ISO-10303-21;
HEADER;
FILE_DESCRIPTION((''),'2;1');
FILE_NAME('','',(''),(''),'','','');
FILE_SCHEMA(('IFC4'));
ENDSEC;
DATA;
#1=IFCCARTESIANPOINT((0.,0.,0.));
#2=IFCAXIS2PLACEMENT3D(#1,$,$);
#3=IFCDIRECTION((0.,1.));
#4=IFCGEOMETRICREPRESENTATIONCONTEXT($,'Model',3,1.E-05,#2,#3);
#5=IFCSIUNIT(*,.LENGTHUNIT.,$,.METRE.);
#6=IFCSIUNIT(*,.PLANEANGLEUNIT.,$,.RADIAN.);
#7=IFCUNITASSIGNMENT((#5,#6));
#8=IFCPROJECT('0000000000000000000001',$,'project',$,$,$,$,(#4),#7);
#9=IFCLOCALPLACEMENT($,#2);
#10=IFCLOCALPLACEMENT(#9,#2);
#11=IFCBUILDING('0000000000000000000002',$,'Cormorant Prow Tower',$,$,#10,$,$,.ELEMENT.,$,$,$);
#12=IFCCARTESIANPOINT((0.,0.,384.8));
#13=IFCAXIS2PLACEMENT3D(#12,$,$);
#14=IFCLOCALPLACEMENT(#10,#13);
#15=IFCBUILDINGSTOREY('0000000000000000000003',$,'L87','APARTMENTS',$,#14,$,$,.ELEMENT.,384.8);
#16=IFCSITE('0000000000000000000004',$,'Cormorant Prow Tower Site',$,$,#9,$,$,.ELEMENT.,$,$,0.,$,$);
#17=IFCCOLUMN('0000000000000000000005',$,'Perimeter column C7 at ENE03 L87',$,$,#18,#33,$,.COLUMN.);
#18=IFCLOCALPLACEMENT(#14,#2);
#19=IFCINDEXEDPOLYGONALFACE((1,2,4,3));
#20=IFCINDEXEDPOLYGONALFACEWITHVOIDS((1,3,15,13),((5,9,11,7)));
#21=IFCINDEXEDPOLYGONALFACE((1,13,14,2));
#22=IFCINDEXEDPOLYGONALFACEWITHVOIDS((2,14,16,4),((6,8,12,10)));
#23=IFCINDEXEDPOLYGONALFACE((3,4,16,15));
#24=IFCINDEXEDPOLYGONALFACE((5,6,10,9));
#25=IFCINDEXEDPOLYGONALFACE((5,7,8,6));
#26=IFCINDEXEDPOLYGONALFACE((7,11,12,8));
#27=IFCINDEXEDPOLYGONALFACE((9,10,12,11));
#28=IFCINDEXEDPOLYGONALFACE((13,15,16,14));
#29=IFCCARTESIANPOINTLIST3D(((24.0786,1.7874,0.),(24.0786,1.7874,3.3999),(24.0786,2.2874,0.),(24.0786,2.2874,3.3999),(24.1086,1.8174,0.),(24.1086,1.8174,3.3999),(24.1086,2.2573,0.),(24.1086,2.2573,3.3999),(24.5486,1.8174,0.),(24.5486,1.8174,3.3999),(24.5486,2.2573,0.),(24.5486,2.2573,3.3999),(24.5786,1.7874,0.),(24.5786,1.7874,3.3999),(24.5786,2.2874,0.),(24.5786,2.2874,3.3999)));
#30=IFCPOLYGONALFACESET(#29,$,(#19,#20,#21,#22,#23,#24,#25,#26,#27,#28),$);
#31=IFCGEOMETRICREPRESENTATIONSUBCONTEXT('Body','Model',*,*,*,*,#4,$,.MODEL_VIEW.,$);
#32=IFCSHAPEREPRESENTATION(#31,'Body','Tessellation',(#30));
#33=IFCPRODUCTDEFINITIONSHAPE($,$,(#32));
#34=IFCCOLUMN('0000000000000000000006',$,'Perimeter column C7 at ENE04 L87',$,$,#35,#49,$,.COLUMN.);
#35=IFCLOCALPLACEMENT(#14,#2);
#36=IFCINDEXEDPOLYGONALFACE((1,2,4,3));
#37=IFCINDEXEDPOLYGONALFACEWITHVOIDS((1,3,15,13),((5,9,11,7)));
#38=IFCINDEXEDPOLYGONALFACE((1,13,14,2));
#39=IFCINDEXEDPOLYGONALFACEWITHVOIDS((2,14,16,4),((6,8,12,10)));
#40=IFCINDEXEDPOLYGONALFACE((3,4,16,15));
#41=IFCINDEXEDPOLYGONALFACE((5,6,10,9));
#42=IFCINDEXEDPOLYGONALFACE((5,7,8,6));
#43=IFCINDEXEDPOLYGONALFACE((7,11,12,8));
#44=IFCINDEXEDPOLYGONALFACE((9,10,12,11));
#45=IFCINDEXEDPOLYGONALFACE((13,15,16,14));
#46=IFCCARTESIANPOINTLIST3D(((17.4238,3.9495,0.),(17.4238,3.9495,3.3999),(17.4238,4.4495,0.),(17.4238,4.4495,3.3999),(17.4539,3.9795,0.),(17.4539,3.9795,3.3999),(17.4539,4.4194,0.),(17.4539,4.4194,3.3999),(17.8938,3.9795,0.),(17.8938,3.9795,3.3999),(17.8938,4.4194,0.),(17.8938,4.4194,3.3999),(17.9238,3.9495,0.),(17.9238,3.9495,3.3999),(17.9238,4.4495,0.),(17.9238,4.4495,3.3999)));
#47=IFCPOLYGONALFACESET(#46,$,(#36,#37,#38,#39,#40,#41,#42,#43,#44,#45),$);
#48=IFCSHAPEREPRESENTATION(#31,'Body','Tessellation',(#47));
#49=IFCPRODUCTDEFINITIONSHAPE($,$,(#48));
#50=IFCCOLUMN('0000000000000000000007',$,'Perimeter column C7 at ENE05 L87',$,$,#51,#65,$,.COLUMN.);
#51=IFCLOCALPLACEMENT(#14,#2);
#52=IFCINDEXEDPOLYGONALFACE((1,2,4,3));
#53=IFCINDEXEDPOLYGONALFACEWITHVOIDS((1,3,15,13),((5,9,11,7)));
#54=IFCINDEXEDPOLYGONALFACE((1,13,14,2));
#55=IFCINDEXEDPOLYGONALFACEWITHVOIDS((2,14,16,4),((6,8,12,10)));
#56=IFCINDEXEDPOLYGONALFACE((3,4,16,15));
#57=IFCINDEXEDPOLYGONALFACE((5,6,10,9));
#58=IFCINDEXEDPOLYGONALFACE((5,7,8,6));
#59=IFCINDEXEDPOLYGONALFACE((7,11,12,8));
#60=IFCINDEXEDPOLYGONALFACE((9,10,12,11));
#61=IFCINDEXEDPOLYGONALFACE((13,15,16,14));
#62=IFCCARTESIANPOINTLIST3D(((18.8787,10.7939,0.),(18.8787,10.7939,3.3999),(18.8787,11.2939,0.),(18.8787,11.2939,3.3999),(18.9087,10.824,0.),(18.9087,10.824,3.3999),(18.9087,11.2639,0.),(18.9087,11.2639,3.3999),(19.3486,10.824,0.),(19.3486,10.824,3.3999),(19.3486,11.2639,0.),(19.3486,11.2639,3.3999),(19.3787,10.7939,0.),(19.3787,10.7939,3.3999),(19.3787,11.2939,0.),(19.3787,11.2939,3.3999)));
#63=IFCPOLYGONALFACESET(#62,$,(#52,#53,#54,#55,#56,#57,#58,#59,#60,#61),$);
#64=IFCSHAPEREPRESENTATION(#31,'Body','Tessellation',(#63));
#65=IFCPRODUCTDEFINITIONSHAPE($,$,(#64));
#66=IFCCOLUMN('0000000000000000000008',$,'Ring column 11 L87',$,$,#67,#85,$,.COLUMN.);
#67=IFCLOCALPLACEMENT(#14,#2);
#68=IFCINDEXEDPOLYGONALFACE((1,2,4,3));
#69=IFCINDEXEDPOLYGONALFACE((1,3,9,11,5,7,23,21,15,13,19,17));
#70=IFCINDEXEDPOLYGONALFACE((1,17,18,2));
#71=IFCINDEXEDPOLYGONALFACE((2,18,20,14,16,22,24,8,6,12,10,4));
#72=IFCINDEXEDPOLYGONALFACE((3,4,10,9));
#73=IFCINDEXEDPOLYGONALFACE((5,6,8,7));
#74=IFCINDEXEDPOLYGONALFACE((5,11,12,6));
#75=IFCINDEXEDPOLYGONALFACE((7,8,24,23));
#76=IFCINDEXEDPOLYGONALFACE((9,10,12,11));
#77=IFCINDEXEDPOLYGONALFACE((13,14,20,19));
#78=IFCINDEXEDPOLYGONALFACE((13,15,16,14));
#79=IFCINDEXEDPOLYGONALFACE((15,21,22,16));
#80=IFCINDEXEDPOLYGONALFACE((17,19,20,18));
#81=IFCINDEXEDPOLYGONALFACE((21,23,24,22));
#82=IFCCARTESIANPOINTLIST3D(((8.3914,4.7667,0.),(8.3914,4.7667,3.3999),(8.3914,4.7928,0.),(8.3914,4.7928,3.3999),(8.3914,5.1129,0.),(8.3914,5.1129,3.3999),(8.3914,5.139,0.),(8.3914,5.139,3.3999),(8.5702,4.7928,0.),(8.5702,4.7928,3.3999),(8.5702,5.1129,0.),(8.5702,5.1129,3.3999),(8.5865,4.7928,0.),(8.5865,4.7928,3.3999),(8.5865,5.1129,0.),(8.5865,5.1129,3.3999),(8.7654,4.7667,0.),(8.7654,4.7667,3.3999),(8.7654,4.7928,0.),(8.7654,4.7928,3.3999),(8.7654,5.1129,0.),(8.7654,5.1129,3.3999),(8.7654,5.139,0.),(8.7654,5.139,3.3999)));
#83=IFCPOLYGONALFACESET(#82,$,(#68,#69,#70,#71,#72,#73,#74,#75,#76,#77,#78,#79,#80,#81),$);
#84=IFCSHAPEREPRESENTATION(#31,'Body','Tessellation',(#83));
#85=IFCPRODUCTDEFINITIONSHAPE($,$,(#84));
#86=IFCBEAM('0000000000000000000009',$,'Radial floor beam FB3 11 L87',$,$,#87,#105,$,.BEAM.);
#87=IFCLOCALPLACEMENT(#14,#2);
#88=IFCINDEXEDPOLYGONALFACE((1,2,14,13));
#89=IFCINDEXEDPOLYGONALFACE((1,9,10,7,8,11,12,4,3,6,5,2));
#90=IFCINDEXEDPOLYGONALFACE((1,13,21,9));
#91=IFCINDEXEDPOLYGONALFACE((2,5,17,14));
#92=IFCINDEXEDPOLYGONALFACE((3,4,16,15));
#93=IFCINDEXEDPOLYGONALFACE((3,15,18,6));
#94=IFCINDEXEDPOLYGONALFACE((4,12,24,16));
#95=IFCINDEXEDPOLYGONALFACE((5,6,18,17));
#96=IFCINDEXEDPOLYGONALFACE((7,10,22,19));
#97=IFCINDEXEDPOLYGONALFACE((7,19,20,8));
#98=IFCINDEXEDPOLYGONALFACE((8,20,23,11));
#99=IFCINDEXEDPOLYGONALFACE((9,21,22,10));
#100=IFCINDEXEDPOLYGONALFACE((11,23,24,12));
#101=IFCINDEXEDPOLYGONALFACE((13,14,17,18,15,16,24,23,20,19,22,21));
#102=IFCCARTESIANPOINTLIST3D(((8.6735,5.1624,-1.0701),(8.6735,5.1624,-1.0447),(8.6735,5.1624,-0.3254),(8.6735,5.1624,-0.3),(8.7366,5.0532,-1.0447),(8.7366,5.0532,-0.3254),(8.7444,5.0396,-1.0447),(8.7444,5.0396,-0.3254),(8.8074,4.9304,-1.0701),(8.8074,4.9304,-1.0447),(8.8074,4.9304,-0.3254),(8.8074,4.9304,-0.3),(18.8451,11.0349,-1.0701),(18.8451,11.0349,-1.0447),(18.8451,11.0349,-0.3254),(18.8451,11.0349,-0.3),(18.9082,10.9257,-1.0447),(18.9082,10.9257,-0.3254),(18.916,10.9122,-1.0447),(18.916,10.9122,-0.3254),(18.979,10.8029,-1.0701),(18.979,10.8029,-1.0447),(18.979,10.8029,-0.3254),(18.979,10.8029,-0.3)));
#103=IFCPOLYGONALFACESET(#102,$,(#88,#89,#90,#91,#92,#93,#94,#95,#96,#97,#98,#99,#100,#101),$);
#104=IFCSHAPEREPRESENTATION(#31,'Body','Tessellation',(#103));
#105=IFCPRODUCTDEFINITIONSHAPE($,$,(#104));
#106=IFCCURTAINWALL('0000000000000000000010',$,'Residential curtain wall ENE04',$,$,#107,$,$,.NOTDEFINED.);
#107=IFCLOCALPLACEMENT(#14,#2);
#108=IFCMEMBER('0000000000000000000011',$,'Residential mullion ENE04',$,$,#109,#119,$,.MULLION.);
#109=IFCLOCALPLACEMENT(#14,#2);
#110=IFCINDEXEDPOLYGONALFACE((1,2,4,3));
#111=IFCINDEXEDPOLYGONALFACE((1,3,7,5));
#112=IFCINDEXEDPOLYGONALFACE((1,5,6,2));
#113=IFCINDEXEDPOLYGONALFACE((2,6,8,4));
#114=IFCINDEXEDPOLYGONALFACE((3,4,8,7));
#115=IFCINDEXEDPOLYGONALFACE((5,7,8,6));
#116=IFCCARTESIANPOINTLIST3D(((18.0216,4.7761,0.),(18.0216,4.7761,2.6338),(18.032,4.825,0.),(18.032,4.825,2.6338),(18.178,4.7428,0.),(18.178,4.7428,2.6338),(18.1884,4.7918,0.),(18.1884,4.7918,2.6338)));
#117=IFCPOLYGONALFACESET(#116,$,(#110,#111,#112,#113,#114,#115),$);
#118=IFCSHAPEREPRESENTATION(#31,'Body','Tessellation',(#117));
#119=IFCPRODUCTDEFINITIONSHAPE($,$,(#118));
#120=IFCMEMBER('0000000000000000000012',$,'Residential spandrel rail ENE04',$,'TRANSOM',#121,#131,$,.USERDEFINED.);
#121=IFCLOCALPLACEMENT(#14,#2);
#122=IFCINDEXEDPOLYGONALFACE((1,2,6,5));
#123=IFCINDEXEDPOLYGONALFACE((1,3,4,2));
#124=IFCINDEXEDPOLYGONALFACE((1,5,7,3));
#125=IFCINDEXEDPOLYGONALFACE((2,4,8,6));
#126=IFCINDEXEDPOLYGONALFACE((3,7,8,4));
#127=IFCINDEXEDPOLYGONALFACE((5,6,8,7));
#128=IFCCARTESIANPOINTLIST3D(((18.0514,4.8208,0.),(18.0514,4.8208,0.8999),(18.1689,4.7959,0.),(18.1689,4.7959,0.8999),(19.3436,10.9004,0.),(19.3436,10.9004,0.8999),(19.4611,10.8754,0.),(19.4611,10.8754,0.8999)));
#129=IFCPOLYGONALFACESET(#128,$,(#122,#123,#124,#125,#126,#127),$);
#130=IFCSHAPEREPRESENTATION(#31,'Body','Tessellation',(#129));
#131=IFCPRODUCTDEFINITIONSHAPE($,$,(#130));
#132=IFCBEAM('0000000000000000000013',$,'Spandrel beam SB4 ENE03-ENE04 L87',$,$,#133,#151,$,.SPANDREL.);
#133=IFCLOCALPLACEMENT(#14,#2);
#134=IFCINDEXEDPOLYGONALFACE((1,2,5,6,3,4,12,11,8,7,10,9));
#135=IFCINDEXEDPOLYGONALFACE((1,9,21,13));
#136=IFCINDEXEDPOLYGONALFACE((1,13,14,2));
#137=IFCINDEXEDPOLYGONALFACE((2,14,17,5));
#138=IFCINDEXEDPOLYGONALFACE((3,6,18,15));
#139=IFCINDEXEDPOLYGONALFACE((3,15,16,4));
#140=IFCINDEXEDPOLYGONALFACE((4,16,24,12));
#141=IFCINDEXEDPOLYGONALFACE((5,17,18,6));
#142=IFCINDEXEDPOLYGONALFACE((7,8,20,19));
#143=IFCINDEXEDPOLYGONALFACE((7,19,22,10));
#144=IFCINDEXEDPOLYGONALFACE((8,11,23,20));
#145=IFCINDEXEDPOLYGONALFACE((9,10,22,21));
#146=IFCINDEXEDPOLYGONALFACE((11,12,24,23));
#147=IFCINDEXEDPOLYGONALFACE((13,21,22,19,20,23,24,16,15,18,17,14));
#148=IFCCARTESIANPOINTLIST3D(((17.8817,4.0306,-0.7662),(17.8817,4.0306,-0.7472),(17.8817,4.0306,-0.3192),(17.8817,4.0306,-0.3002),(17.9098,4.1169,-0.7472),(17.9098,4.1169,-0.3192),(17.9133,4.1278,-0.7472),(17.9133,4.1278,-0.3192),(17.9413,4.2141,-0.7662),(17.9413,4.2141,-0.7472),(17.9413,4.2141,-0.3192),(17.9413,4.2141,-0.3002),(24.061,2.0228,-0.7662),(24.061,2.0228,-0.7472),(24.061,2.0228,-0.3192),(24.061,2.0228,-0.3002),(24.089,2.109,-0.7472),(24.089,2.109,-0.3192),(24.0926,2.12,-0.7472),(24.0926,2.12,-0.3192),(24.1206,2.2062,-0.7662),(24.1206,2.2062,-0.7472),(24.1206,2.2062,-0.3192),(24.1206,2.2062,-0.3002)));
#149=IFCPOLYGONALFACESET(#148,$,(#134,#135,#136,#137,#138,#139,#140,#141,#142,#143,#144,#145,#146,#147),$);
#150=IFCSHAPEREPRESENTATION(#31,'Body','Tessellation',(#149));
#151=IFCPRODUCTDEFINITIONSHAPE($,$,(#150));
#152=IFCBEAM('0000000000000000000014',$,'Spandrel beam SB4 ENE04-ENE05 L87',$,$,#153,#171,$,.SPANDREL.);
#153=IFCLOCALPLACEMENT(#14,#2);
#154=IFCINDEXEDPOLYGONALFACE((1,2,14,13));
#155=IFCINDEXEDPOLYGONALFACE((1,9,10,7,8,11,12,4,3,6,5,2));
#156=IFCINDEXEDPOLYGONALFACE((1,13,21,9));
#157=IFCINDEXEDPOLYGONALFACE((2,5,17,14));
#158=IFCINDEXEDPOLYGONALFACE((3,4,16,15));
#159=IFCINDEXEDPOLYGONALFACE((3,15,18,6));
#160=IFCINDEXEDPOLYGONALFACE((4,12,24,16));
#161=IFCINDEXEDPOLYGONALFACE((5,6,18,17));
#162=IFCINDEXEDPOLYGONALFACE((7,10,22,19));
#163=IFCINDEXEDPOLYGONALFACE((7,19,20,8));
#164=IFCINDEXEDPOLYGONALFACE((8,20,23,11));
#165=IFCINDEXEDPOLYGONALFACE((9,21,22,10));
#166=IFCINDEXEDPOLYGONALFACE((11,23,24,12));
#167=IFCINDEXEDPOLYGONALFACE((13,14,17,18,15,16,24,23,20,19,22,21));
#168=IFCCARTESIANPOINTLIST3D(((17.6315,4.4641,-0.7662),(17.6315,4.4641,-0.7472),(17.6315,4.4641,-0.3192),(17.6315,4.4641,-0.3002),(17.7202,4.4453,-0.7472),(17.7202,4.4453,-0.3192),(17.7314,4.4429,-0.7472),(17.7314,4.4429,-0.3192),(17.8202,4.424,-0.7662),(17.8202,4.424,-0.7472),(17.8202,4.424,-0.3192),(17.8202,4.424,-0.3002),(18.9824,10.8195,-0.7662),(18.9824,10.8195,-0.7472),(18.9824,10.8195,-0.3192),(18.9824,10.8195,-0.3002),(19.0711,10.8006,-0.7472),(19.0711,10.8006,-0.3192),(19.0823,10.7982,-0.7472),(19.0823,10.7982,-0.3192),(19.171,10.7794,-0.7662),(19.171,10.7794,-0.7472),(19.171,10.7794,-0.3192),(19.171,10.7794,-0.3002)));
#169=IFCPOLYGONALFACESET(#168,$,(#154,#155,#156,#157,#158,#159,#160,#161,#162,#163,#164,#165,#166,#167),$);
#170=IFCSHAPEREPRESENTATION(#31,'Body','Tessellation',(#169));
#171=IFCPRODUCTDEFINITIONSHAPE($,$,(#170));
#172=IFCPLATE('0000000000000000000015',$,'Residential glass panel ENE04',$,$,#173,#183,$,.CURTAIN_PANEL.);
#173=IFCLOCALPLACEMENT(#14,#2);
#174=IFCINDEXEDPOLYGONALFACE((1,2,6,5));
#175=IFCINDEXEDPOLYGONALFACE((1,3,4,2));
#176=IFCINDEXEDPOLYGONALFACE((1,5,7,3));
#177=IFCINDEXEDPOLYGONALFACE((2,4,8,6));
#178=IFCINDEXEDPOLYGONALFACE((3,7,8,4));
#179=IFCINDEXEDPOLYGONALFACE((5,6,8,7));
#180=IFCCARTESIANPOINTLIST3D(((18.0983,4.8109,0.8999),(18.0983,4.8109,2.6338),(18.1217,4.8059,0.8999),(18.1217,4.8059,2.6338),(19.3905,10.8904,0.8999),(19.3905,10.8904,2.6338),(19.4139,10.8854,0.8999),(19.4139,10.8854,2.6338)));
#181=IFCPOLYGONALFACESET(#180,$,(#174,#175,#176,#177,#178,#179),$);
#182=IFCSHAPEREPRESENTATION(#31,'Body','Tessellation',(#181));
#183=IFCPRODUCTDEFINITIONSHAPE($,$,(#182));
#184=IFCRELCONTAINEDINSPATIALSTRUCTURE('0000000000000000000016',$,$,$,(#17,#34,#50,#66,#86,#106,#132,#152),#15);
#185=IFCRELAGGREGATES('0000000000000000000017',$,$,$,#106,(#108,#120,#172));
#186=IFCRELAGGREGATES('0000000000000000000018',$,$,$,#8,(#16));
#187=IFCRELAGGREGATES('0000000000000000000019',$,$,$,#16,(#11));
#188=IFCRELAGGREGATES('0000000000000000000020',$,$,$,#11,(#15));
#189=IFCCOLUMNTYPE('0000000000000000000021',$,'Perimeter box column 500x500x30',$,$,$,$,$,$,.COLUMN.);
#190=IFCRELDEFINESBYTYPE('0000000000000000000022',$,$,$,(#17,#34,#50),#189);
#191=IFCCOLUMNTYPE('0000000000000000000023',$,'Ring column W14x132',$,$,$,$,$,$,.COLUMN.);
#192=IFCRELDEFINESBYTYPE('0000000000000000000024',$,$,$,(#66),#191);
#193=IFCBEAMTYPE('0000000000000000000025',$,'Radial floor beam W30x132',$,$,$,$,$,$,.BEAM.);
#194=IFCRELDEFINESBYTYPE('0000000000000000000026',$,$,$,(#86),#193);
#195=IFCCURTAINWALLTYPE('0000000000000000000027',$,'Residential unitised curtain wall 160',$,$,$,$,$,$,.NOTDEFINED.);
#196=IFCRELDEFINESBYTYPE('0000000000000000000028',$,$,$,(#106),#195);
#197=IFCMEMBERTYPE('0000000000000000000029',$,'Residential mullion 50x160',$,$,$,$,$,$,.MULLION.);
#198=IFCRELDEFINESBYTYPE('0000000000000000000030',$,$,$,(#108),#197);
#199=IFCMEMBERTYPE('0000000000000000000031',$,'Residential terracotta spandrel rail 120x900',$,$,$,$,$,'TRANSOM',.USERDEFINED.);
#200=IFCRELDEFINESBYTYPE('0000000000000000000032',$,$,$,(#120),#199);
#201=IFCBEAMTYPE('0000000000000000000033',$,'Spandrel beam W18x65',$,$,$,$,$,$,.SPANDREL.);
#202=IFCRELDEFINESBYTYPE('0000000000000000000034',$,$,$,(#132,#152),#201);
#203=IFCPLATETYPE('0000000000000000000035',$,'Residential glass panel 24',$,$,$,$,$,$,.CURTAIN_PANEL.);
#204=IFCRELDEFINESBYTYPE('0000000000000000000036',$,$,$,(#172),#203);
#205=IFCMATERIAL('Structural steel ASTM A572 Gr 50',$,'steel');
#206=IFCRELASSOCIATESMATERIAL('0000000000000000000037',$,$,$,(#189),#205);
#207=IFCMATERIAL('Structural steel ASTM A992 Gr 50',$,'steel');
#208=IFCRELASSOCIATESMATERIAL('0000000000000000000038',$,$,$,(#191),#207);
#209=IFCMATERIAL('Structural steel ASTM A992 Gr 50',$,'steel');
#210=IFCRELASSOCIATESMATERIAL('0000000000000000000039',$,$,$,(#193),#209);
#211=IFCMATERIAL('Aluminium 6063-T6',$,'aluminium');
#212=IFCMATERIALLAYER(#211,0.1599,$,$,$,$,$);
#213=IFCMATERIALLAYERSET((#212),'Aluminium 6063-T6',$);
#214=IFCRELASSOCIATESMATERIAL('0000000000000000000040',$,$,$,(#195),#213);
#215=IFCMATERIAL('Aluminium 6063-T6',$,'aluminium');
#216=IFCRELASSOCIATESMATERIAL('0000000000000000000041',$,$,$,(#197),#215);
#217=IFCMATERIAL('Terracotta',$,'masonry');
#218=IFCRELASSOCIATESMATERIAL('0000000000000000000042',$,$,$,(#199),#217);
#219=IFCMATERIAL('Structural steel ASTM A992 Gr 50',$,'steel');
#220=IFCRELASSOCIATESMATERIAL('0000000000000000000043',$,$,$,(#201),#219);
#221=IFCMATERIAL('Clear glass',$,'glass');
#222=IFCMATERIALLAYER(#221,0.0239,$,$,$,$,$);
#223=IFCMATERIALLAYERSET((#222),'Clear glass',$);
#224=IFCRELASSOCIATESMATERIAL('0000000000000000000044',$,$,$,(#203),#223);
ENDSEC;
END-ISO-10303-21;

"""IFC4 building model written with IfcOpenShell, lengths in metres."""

from ifc_helpers import new_model, si_unit, direction, frame, origin, origin_2d, place, context, subcontext, project, spatial, rectangle, hollow_rectangle, i_section, extrude, material, layer, layer_set, material_profile, profile_set, type_object, element, aggregate, save


model = new_model("IFC4")

# Units and contexts
model_context = context("Model", 3, precision=1e-05, world=origin(), true_north=direction((0.0, 1.0)))
body_context = subcontext(model_context, "Body", "Model", "MODEL_VIEW")
ifc_project = project(units=[si_unit("LENGTHUNIT", "METRE"), si_unit("PLANEANGLEUNIT", "RADIAN")], contexts=[model_context])

# Site, building, storey
site_placement = place(None, origin())
site = spatial("IfcSite", under=ifc_project, at=site_placement, Name="Cormorant Prow Tower Site", CompositionType="ELEMENT", RefElevation=0.0)
building_placement = place(site_placement, origin())
building = spatial("IfcBuilding", under=site, at=building_placement, Name="Cormorant Prow Tower", CompositionType="ELEMENT")
storey_placement = place(building_placement, frame((0.0, 0.0, 384.8)))
storey = spatial("IfcBuildingStorey", under=building, at=storey_placement, Name="L87", Description="APARTMENTS", CompositionType="ELEMENT", Elevation=384.8)

# Columns
ifc_material_1 = material(Name="Structural steel ASTM A572 Gr 50", Category="steel")
ifc_material_profile_1 = material_profile(ifc_material_1, hollow_rectangle(XDim=0.5, YDim=0.5, WallThickness=0.03, at=origin_2d()), Name="Box 500x500x30")
ifc_profile_set_1 = profile_set([ifc_material_profile_1], Name="Structural steel ASTM A572 Gr 50")
column_type_1 = type_object("IfcColumnType", Name="Perimeter box column 500x500x30", PredefinedType="COLUMN", material=ifc_profile_set_1)
for number, where, z_axis, x_axis, name in (
    (1, (24.3286, 2.0374, 0.0), (0.0, 0.0, 1.0), (1.0, 0.0, 0.0), "Perimeter column C7 at ENE03 L87"),
    (2, (17.6738, 4.1995, 0.0), (0.0, 0.0, 1.0), (1.0, 0.0, 0.0), "Perimeter column C7 at ENE04 L87"),
    (3, (19.1287, 11.0439, 0.0), (0.0, 0.0, 1.0), (1.0, 0.0, 0.0), "Perimeter column C7 at ENE05 L87"),
):
    element("IfcColumn", number, at=place(storey_placement, frame(where, z_axis=z_axis, x_axis=x_axis)), inside=storey, type_object=column_type_1, Name=name, PredefinedType="COLUMN", context=body_context, shape_type="SweptSolid", body=[
        extrude(hollow_rectangle(XDim=0.5, YDim=0.5, WallThickness=0.03, at=origin_2d()), origin(), (0.0, 0.0, 1.0), 3.3999),
    ])
ifc_material_2 = material(Name="Structural steel ASTM A992 Gr 50", Category="steel")
ifc_material_profile_2 = material_profile(ifc_material_2, i_section(OverallWidth=0.374, OverallDepth=0.3723, WebThickness=0.0164, FlangeThickness=0.0261, at=origin_2d()), Name="W14x132")
ifc_profile_set_2 = profile_set([ifc_material_profile_2], Name="Structural steel ASTM A992 Gr 50")
column_type_2 = type_object("IfcColumnType", Name="Ring column W14x132", PredefinedType="COLUMN", material=ifc_profile_set_2)
column_placement = place(storey_placement, frame((8.5784, 4.9529, 0.0), z_axis=(0.0, 0.0, 1.0), x_axis=(1.0, 0.0, 0.0)))
element("IfcColumn", 4, at=column_placement, inside=storey, type_object=column_type_2, Name="Ring column 11 L87", PredefinedType="COLUMN", context=body_context, shape_type="SweptSolid", body=[
    extrude(i_section(OverallWidth=0.374, OverallDepth=0.3723, WebThickness=0.0164, FlangeThickness=0.0261, at=origin_2d()), origin(), (0.0, 0.0, 1.0), 3.3999),
])

# Beam
ifc_material_3 = material(Name="Structural steel ASTM A992 Gr 50", Category="steel")
ifc_material_profile_3 = material_profile(ifc_material_3, i_section(OverallWidth=0.2678, OverallDepth=0.77, WebThickness=0.0156, FlangeThickness=0.0254, at=origin_2d()), Name="W30x132")
ifc_profile_set_3 = profile_set([ifc_material_profile_3], Name="Structural steel ASTM A992 Gr 50")
beam_type_1 = type_object("IfcBeamType", Name="Radial floor beam W30x132", PredefinedType="BEAM", material=ifc_profile_set_3)
beam_placement = place(storey_placement, frame((8.7405, 5.0464, -0.6851), z_axis=(0.866027, 0.499998, 0.0), x_axis=(-0.499998, 0.866027, 0.0)))
element("IfcBeam", 5, at=beam_placement, inside=storey, type_object=beam_type_1, Name="Radial floor beam FB3 11 L87", PredefinedType="BEAM", context=body_context, shape_type="SweptSolid", body=[
    extrude(i_section(OverallWidth=0.2678, OverallDepth=0.77, WebThickness=0.0156, FlangeThickness=0.0254, at=origin_2d()), origin(), (0.0, 0.0, 1.0), 11.7451),
])

# Curtain wall, members
ifc_material_4 = material(Name="Aluminium 6063-T6", Category="aluminium")
ifc_layer_1 = layer(ifc_material_4, 0.1599)
ifc_layer_set_1 = layer_set([ifc_layer_1], Name="Aluminium 6063-T6")
curtain_wall_type = type_object("IfcCurtainWallType", Name="Residential unitised curtain wall 160", PredefinedType="NOTDEFINED", material=ifc_layer_set_1)
curtain_wall_placement = place(storey_placement, origin())
curtain_wall = element("IfcCurtainWall", 6, at=curtain_wall_placement, inside=storey, type_object=curtain_wall_type, Name="Residential curtain wall ENE04", PredefinedType="NOTDEFINED")
ifc_material_5 = material(Name="Aluminium 6063-T6", Category="aluminium")
ifc_material_profile_4 = material_profile(ifc_material_5, rectangle(XDim=0.1599, YDim=0.05, at=origin_2d()), Name="Residential mullion 50x160")
ifc_profile_set_4 = profile_set([ifc_material_profile_4], Name="Aluminium 6063-T6")
member_type_1 = type_object("IfcMemberType", Name="Residential mullion 50x160", PredefinedType="MULLION", material=ifc_profile_set_4)
member_1_placement = place(storey_placement, frame((18.105, 4.7839, 0.0), z_axis=(0.0, 0.0, 1.0), x_axis=(-0.978148, 0.207912, 0.0)))
member_1 = element("IfcMember", 7, at=member_1_placement, type_object=member_type_1, Name="Residential mullion ENE04", PredefinedType="MULLION", context=body_context, shape_type="SweptSolid", body=[
    extrude(rectangle(XDim=0.1599, YDim=0.05, at=origin_2d()), origin(), (0.0, 0.0, 1.0), 2.6338),
])
ifc_material_6 = material(Name="Terracotta", Category="masonry")
ifc_material_profile_5 = material_profile(ifc_material_6, rectangle(XDim=0.1201, YDim=0.8999, at=origin_2d()), Name="Residential terracotta spandrel rail 120x900")
ifc_profile_set_5 = profile_set([ifc_material_profile_5], Name="Terracotta")
member_type_2 = type_object("IfcMemberType", Name="Residential terracotta spandrel rail 120x900", ElementType="TRANSOM", PredefinedType="USERDEFINED", material=ifc_profile_set_5)
member_2_placement = place(storey_placement, frame((18.1101, 4.8083, 0.45), z_axis=(0.207909, 0.978148, 0.0), x_axis=(-0.978148, 0.207909, 0.0)))
member_2 = element("IfcMember", 8, at=member_2_placement, type_object=member_type_2, Name="Residential spandrel rail ENE04", ObjectType="TRANSOM", PredefinedType="USERDEFINED", context=body_context, shape_type="SweptSolid", body=[
    extrude(rectangle(XDim=0.1201, YDim=0.8999, at=origin_2d()), origin(), (0.0, 0.0, 1.0), 6.2153),
])

# Beams
ifc_material_7 = material(Name="Structural steel ASTM A992 Gr 50", Category="steel")
ifc_material_profile_6 = material_profile(ifc_material_7, i_section(OverallWidth=0.1929, OverallDepth=0.4661, WebThickness=0.0115, FlangeThickness=0.019, at=origin_2d()), Name="W18x65")
ifc_profile_set_6 = profile_set([ifc_material_profile_6], Name="Structural steel ASTM A992 Gr 50")
beam_type_2 = type_object("IfcBeamType", Name="Spandrel beam W18x65", PredefinedType="SPANDREL", material=ifc_profile_set_6)
for number, where, z_axis, x_axis, name in (
    (9, (24.0908, 2.1145, -0.5332), (-0.951053, 0.309027, 0.0), (-0.309027, -0.951053, 0.0), "Spandrel beam SB4 ENE03-ENE04 L87"),
    (10, (17.7258, 4.4441, -0.5332), (0.20791, 0.978148, 0.0), (-0.978148, 0.20791, 0.0), "Spandrel beam SB4 ENE04-ENE05 L87"),
):
    element("IfcBeam", number, at=place(storey_placement, frame(where, z_axis=z_axis, x_axis=x_axis)), inside=storey, type_object=beam_type_2, Name=name, PredefinedType="SPANDREL", context=body_context, shape_type="SweptSolid", body=[
        extrude(i_section(OverallWidth=0.1929, OverallDepth=0.4661, WebThickness=0.0115, FlangeThickness=0.019, at=origin_2d()), origin(), (0.0, 0.0, 1.0), 6.4973),
    ])

# Plate
ifc_material_8 = material(Name="Clear glass", Category="glass")
ifc_layer_2 = layer(ifc_material_8, 0.0239)
ifc_layer_set_2 = layer_set([ifc_layer_2], Name="Clear glass")
plate_type = type_object("IfcPlateType", Name="Residential glass panel 24", PredefinedType="CURTAIN_PANEL", material=ifc_layer_set_2)
plate_placement = place(storey_placement, frame((18.7561, 7.8481, 0.8999), z_axis=(0.0, 0.0, 1.0), x_axis=(0.207912, 0.978148, 0.0)))
plate = element("IfcPlate", 11, at=plate_placement, type_object=plate_type, Name="Residential glass panel ENE04", PredefinedType="CURTAIN_PANEL", context=body_context, shape_type="SweptSolid", body=[
    extrude(rectangle(XDim=6.2153, YDim=0.0239, at=origin_2d()), origin(), (0.0, 0.0, 1.0), 1.7339),
])
aggregate(curtain_wall, [member_1, member_2, plate])

save(model, "model.ifc")
